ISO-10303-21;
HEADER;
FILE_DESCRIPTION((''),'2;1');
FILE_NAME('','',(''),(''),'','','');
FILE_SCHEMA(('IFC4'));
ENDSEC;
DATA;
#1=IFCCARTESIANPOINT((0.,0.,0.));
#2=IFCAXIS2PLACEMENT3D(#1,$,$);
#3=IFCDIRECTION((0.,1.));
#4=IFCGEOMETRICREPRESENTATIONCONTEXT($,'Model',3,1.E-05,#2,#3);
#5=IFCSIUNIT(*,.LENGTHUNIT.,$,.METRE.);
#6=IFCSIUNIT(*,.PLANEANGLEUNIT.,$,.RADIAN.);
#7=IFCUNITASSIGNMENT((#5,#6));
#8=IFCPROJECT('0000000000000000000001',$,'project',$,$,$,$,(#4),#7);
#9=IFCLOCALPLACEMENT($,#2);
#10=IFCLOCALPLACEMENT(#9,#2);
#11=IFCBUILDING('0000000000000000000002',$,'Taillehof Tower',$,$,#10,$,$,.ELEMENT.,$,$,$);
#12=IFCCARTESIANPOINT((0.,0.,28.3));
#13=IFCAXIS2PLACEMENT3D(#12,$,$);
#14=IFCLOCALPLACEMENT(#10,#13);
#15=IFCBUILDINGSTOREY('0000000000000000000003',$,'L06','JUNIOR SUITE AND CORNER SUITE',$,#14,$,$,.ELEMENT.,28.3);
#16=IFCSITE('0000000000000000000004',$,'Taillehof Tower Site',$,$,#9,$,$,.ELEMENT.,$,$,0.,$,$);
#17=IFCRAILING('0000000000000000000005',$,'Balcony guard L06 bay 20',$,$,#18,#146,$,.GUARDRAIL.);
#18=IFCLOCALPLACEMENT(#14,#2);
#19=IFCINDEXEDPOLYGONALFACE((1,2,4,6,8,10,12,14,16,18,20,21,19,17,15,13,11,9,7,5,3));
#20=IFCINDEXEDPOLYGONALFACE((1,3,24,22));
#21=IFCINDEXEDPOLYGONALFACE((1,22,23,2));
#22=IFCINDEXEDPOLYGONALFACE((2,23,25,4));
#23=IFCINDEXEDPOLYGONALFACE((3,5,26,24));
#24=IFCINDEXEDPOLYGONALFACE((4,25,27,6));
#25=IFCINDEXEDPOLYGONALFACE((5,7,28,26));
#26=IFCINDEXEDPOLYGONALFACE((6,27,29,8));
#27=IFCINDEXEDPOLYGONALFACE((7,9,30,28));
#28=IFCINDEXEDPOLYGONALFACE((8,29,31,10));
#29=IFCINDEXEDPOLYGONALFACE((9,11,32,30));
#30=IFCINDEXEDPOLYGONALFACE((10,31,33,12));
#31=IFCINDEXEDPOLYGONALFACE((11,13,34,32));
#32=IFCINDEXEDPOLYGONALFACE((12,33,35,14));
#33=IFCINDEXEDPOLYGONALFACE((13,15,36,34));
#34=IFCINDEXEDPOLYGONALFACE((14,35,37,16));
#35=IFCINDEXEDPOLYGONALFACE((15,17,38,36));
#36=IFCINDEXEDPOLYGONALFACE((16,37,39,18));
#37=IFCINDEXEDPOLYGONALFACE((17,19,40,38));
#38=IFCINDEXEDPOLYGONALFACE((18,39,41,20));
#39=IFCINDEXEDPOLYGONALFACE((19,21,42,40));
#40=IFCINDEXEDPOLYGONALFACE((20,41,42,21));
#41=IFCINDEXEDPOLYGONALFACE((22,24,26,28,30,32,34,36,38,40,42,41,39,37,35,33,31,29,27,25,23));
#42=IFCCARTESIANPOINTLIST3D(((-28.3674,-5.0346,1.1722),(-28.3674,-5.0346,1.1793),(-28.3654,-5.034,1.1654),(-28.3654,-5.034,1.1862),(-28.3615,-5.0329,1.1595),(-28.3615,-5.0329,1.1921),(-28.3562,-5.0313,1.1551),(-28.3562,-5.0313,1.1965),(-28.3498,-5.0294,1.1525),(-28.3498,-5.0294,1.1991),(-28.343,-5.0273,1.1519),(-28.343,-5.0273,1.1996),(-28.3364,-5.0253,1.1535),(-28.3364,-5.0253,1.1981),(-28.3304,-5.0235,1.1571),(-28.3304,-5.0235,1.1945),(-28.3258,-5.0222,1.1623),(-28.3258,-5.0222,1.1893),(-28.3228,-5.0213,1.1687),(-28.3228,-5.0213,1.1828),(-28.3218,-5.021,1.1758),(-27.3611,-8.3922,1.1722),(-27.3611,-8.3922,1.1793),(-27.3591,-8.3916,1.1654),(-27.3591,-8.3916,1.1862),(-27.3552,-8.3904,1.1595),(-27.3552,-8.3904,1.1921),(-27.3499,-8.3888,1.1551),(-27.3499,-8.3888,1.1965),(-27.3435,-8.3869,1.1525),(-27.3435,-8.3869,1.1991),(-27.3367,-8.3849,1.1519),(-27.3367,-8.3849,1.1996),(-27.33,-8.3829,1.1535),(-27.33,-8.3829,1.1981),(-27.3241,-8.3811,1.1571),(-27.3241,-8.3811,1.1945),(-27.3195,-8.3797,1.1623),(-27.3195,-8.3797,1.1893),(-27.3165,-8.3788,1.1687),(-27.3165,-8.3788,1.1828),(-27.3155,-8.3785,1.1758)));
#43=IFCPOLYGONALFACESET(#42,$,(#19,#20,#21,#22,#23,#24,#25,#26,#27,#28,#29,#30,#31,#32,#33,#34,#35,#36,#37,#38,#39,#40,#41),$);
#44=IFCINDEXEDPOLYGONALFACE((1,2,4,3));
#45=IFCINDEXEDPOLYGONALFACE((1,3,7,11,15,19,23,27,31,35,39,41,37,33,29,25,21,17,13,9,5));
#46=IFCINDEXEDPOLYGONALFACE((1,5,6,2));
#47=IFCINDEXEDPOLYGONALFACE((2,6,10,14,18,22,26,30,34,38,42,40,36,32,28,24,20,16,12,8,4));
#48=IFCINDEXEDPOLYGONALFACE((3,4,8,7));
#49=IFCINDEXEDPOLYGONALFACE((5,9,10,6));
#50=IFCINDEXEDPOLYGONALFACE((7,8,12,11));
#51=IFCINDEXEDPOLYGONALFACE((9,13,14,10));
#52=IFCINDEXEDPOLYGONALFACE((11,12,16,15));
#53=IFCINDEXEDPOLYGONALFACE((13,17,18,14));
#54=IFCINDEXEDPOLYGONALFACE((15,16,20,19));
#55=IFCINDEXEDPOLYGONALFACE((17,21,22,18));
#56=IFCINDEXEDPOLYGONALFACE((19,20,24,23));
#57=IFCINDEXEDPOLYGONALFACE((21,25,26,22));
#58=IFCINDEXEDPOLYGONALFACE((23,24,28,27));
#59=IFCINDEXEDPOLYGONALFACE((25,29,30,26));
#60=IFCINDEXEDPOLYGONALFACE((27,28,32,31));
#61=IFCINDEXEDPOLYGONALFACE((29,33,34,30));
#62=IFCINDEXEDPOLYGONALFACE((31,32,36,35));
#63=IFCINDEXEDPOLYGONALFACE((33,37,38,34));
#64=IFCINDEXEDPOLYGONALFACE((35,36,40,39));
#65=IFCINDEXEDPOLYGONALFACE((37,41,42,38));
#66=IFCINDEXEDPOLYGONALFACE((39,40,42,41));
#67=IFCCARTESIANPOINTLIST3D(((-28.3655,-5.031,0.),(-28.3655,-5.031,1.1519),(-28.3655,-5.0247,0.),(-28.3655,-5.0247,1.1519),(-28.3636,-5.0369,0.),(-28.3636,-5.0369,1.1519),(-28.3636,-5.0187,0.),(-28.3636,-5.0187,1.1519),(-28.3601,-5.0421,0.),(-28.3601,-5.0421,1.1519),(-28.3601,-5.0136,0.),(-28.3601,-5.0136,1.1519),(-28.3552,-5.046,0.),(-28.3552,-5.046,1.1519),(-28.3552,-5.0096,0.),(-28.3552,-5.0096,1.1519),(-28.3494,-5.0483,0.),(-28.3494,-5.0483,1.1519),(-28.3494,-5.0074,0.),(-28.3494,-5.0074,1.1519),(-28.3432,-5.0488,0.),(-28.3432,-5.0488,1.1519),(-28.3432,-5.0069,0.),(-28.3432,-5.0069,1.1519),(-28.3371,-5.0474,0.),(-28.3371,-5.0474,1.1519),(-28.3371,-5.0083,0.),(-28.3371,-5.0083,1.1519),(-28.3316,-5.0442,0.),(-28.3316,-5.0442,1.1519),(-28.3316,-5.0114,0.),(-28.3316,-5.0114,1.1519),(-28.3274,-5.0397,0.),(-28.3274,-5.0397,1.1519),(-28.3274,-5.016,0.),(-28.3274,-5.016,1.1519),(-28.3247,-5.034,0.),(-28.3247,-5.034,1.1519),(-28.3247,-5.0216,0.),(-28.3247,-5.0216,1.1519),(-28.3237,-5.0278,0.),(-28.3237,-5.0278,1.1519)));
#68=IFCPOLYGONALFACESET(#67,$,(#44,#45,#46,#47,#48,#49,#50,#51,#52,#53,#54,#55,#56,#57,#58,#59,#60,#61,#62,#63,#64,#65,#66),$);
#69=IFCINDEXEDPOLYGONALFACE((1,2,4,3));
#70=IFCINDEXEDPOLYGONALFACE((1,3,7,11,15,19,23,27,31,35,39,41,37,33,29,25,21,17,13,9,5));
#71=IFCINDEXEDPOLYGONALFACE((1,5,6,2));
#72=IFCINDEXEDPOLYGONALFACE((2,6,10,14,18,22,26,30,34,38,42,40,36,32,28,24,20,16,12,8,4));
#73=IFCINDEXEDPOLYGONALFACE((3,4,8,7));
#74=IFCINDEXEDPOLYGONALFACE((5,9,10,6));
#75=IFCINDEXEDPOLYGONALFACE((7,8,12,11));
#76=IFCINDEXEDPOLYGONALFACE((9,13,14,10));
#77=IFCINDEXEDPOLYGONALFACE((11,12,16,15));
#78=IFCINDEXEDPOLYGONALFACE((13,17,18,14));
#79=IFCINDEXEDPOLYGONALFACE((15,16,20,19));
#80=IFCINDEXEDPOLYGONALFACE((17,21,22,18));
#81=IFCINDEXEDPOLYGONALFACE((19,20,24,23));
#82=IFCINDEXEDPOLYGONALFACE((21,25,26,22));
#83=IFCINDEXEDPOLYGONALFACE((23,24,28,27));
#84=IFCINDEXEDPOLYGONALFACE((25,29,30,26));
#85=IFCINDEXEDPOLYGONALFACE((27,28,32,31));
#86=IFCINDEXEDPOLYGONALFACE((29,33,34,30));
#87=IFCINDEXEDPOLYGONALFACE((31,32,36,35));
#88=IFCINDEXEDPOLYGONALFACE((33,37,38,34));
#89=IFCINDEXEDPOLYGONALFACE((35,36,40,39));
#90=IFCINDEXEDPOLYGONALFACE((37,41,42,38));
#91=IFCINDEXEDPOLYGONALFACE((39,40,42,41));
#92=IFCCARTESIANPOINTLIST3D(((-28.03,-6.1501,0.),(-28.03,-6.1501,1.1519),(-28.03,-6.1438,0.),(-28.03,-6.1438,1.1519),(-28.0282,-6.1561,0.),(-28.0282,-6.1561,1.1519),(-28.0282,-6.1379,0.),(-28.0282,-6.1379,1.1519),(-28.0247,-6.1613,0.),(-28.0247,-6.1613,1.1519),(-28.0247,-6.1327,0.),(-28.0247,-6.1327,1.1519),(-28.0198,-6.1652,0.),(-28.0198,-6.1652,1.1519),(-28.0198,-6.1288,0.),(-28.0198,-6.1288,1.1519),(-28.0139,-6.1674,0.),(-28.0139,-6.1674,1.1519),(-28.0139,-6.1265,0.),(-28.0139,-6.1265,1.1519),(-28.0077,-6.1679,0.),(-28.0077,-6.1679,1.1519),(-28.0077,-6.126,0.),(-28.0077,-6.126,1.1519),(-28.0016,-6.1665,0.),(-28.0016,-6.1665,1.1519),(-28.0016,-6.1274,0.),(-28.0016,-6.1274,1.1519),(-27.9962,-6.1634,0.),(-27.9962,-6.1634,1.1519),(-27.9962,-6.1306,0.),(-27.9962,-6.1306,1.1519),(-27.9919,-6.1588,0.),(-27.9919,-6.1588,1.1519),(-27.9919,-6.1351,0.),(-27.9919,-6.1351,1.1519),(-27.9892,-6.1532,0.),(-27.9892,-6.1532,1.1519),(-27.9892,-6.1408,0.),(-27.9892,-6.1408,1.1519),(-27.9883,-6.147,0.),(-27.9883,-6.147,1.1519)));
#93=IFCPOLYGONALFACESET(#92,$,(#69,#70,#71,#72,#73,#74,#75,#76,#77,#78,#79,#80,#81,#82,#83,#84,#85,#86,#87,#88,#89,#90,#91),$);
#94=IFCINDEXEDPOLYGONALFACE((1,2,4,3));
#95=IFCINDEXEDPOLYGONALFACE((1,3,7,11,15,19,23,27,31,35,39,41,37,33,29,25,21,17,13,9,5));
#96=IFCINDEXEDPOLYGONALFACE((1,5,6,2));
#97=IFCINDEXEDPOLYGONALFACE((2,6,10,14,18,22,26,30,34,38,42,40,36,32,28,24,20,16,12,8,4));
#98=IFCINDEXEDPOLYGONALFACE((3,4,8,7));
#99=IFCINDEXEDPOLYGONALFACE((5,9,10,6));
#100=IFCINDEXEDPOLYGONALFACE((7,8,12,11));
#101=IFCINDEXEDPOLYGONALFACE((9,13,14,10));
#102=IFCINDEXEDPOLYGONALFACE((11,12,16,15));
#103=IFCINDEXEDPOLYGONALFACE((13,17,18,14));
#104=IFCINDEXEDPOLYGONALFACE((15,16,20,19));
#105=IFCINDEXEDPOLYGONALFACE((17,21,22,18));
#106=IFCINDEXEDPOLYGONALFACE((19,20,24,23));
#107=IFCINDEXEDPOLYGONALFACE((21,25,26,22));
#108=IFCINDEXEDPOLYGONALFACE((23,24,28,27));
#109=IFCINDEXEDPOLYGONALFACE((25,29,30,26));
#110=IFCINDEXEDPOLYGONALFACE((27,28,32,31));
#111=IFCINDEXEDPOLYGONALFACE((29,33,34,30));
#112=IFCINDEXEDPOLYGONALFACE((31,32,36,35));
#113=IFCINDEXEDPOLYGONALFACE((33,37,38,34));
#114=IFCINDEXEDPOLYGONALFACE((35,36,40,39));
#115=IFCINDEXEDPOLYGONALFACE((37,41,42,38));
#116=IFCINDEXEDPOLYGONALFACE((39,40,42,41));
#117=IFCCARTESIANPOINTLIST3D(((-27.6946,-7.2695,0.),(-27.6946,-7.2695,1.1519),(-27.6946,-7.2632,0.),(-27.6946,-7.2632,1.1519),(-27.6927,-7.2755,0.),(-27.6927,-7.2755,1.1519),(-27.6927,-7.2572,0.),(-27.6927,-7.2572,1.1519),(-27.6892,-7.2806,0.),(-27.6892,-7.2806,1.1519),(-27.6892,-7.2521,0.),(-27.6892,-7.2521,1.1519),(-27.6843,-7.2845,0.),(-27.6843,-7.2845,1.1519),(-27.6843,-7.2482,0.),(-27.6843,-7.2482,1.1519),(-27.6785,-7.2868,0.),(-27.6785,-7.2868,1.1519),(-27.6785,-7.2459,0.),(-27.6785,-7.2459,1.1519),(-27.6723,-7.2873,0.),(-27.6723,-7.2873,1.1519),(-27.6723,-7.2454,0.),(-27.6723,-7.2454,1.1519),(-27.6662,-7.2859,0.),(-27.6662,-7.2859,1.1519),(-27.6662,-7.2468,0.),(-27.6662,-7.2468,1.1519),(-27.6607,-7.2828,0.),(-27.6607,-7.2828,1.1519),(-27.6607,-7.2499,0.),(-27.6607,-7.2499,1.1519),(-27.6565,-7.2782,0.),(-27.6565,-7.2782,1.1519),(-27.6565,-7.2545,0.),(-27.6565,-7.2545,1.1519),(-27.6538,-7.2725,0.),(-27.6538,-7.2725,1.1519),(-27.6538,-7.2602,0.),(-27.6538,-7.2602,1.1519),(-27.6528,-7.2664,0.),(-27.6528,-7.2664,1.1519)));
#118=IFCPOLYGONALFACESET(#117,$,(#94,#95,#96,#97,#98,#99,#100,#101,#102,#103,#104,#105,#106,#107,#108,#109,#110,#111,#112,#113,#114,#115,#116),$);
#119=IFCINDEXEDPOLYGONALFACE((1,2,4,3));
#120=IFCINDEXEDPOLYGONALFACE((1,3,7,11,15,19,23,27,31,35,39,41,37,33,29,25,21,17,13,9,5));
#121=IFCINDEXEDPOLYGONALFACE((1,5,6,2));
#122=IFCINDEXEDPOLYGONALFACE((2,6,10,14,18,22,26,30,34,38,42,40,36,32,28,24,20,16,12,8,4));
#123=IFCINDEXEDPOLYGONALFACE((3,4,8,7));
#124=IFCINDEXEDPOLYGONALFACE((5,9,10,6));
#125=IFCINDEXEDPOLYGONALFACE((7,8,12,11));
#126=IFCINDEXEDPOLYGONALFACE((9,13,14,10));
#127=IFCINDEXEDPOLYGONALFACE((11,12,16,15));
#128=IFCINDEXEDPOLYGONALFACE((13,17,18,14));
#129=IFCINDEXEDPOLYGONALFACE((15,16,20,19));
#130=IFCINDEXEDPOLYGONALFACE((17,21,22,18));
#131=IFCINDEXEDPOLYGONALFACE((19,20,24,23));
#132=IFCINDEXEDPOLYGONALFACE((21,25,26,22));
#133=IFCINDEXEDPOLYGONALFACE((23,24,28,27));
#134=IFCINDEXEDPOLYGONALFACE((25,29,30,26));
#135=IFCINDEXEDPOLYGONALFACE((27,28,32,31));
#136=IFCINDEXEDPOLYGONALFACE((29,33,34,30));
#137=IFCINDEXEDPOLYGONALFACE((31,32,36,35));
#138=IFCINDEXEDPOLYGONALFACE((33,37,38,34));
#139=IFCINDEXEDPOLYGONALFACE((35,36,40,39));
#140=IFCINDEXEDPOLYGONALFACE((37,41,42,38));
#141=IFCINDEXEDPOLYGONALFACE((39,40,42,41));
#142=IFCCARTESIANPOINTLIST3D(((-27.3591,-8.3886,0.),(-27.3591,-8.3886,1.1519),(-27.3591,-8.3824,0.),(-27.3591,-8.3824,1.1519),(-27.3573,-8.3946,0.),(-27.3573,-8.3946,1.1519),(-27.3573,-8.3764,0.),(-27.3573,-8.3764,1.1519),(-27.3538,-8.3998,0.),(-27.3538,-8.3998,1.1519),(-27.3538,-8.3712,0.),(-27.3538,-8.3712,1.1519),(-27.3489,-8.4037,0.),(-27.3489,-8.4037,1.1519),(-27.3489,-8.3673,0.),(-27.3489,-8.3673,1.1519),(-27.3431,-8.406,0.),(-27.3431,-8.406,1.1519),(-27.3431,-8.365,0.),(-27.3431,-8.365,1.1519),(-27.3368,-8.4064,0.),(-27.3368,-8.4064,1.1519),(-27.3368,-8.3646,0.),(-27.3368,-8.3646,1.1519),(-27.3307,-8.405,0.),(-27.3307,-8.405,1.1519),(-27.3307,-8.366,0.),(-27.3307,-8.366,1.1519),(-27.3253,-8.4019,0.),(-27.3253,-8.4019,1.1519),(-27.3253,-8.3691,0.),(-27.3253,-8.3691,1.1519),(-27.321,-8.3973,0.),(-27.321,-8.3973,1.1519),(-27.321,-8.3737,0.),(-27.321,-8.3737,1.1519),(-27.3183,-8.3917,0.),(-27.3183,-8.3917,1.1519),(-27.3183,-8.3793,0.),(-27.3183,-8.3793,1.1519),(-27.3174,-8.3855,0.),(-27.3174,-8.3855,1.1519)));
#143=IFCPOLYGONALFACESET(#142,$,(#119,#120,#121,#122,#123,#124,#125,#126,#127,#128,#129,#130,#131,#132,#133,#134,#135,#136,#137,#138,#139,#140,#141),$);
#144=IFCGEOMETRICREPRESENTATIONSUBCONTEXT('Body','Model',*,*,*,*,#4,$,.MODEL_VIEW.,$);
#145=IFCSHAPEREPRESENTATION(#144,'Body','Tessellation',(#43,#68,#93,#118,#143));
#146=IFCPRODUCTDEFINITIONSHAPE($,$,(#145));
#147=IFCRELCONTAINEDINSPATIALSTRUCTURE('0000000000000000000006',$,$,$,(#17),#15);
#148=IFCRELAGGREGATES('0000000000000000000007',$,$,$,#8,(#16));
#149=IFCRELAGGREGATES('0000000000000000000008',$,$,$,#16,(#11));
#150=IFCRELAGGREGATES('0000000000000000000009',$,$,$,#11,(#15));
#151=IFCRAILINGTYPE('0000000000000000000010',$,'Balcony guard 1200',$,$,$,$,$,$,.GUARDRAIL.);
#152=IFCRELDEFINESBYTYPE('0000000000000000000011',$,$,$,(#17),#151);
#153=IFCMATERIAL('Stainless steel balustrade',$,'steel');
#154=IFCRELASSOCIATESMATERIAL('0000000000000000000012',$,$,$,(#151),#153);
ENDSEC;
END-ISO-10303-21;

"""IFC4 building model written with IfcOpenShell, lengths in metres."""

from ifc_helpers import new_model, si_unit, direction, frame, origin, origin_2d, place, context, subcontext, project, spatial, circle, extrude, material, type_object, element, save


model = new_model("IFC4")

# Units and contexts
model_context = context("Model", 3, precision=1e-05, world=origin(), true_north=direction((0.0, 1.0)))
body_context = subcontext(model_context, "Body", "Model", "MODEL_VIEW")
ifc_project = project(units=[si_unit("LENGTHUNIT", "METRE"), si_unit("PLANEANGLEUNIT", "RADIAN")], contexts=[model_context])

# Site, building, storey
site_placement = place(None, origin())
site = spatial("IfcSite", under=ifc_project, at=site_placement, Name="Taillehof Tower Site", CompositionType="ELEMENT", RefElevation=0.0)
building_placement = place(site_placement, origin())
building = spatial("IfcBuilding", under=site, at=building_placement, Name="Taillehof Tower", CompositionType="ELEMENT")
storey_placement = place(building_placement, frame((0.0, 0.0, 28.3)))
storey = spatial("IfcBuildingStorey", under=building, at=storey_placement, Name="L06", Description="JUNIOR SUITE AND CORNER SUITE", CompositionType="ELEMENT", Elevation=28.3)

# Railing
ifc_material_1 = material(Name="Stainless steel balustrade", Category="steel")
railing_type = type_object("IfcRailingType", Name="Balcony guard 1200", PredefinedType="GUARDRAIL", material=ifc_material_1)
railing_1_placement = place(storey_placement, frame((-28.3447, -5.0278, 0.0)))
element("IfcRailing", 1, at=railing_1_placement, inside=storey, type_object=railing_type, Name="Balcony guard L06 bay 20", PredefinedType="GUARDRAIL", context=body_context, shape_type="SweptSolid", body=[
    extrude(circle(Radius=0.0239, at=origin_2d()), frame((0.0, 0.0, 1.1758), z_axis=(0.287099, -0.957901, 0.0), x_axis=(0.957901, 0.287099, 0.0)), (0.0, 0.0, 1.0), 3.5051),
    extrude(circle(Radius=0.021, at=origin_2d()), origin(), (0.0, 0.0, 1.0), 1.1519),
    extrude(circle(Radius=0.021, at=origin_2d()), frame((0.3354, -1.1191, 0.0)), (0.0, 0.0, 1.0), 1.1519),
    extrude(circle(Radius=0.021, at=origin_2d()), frame((0.6709, -2.2385, 0.0)), (0.0, 0.0, 1.0), 1.1519),
    extrude(circle(Radius=0.021, at=origin_2d()), frame((1.0063, -3.3577, 0.0)), (0.0, 0.0, 1.0), 1.1519),
])

save(model, "model.ifc")
